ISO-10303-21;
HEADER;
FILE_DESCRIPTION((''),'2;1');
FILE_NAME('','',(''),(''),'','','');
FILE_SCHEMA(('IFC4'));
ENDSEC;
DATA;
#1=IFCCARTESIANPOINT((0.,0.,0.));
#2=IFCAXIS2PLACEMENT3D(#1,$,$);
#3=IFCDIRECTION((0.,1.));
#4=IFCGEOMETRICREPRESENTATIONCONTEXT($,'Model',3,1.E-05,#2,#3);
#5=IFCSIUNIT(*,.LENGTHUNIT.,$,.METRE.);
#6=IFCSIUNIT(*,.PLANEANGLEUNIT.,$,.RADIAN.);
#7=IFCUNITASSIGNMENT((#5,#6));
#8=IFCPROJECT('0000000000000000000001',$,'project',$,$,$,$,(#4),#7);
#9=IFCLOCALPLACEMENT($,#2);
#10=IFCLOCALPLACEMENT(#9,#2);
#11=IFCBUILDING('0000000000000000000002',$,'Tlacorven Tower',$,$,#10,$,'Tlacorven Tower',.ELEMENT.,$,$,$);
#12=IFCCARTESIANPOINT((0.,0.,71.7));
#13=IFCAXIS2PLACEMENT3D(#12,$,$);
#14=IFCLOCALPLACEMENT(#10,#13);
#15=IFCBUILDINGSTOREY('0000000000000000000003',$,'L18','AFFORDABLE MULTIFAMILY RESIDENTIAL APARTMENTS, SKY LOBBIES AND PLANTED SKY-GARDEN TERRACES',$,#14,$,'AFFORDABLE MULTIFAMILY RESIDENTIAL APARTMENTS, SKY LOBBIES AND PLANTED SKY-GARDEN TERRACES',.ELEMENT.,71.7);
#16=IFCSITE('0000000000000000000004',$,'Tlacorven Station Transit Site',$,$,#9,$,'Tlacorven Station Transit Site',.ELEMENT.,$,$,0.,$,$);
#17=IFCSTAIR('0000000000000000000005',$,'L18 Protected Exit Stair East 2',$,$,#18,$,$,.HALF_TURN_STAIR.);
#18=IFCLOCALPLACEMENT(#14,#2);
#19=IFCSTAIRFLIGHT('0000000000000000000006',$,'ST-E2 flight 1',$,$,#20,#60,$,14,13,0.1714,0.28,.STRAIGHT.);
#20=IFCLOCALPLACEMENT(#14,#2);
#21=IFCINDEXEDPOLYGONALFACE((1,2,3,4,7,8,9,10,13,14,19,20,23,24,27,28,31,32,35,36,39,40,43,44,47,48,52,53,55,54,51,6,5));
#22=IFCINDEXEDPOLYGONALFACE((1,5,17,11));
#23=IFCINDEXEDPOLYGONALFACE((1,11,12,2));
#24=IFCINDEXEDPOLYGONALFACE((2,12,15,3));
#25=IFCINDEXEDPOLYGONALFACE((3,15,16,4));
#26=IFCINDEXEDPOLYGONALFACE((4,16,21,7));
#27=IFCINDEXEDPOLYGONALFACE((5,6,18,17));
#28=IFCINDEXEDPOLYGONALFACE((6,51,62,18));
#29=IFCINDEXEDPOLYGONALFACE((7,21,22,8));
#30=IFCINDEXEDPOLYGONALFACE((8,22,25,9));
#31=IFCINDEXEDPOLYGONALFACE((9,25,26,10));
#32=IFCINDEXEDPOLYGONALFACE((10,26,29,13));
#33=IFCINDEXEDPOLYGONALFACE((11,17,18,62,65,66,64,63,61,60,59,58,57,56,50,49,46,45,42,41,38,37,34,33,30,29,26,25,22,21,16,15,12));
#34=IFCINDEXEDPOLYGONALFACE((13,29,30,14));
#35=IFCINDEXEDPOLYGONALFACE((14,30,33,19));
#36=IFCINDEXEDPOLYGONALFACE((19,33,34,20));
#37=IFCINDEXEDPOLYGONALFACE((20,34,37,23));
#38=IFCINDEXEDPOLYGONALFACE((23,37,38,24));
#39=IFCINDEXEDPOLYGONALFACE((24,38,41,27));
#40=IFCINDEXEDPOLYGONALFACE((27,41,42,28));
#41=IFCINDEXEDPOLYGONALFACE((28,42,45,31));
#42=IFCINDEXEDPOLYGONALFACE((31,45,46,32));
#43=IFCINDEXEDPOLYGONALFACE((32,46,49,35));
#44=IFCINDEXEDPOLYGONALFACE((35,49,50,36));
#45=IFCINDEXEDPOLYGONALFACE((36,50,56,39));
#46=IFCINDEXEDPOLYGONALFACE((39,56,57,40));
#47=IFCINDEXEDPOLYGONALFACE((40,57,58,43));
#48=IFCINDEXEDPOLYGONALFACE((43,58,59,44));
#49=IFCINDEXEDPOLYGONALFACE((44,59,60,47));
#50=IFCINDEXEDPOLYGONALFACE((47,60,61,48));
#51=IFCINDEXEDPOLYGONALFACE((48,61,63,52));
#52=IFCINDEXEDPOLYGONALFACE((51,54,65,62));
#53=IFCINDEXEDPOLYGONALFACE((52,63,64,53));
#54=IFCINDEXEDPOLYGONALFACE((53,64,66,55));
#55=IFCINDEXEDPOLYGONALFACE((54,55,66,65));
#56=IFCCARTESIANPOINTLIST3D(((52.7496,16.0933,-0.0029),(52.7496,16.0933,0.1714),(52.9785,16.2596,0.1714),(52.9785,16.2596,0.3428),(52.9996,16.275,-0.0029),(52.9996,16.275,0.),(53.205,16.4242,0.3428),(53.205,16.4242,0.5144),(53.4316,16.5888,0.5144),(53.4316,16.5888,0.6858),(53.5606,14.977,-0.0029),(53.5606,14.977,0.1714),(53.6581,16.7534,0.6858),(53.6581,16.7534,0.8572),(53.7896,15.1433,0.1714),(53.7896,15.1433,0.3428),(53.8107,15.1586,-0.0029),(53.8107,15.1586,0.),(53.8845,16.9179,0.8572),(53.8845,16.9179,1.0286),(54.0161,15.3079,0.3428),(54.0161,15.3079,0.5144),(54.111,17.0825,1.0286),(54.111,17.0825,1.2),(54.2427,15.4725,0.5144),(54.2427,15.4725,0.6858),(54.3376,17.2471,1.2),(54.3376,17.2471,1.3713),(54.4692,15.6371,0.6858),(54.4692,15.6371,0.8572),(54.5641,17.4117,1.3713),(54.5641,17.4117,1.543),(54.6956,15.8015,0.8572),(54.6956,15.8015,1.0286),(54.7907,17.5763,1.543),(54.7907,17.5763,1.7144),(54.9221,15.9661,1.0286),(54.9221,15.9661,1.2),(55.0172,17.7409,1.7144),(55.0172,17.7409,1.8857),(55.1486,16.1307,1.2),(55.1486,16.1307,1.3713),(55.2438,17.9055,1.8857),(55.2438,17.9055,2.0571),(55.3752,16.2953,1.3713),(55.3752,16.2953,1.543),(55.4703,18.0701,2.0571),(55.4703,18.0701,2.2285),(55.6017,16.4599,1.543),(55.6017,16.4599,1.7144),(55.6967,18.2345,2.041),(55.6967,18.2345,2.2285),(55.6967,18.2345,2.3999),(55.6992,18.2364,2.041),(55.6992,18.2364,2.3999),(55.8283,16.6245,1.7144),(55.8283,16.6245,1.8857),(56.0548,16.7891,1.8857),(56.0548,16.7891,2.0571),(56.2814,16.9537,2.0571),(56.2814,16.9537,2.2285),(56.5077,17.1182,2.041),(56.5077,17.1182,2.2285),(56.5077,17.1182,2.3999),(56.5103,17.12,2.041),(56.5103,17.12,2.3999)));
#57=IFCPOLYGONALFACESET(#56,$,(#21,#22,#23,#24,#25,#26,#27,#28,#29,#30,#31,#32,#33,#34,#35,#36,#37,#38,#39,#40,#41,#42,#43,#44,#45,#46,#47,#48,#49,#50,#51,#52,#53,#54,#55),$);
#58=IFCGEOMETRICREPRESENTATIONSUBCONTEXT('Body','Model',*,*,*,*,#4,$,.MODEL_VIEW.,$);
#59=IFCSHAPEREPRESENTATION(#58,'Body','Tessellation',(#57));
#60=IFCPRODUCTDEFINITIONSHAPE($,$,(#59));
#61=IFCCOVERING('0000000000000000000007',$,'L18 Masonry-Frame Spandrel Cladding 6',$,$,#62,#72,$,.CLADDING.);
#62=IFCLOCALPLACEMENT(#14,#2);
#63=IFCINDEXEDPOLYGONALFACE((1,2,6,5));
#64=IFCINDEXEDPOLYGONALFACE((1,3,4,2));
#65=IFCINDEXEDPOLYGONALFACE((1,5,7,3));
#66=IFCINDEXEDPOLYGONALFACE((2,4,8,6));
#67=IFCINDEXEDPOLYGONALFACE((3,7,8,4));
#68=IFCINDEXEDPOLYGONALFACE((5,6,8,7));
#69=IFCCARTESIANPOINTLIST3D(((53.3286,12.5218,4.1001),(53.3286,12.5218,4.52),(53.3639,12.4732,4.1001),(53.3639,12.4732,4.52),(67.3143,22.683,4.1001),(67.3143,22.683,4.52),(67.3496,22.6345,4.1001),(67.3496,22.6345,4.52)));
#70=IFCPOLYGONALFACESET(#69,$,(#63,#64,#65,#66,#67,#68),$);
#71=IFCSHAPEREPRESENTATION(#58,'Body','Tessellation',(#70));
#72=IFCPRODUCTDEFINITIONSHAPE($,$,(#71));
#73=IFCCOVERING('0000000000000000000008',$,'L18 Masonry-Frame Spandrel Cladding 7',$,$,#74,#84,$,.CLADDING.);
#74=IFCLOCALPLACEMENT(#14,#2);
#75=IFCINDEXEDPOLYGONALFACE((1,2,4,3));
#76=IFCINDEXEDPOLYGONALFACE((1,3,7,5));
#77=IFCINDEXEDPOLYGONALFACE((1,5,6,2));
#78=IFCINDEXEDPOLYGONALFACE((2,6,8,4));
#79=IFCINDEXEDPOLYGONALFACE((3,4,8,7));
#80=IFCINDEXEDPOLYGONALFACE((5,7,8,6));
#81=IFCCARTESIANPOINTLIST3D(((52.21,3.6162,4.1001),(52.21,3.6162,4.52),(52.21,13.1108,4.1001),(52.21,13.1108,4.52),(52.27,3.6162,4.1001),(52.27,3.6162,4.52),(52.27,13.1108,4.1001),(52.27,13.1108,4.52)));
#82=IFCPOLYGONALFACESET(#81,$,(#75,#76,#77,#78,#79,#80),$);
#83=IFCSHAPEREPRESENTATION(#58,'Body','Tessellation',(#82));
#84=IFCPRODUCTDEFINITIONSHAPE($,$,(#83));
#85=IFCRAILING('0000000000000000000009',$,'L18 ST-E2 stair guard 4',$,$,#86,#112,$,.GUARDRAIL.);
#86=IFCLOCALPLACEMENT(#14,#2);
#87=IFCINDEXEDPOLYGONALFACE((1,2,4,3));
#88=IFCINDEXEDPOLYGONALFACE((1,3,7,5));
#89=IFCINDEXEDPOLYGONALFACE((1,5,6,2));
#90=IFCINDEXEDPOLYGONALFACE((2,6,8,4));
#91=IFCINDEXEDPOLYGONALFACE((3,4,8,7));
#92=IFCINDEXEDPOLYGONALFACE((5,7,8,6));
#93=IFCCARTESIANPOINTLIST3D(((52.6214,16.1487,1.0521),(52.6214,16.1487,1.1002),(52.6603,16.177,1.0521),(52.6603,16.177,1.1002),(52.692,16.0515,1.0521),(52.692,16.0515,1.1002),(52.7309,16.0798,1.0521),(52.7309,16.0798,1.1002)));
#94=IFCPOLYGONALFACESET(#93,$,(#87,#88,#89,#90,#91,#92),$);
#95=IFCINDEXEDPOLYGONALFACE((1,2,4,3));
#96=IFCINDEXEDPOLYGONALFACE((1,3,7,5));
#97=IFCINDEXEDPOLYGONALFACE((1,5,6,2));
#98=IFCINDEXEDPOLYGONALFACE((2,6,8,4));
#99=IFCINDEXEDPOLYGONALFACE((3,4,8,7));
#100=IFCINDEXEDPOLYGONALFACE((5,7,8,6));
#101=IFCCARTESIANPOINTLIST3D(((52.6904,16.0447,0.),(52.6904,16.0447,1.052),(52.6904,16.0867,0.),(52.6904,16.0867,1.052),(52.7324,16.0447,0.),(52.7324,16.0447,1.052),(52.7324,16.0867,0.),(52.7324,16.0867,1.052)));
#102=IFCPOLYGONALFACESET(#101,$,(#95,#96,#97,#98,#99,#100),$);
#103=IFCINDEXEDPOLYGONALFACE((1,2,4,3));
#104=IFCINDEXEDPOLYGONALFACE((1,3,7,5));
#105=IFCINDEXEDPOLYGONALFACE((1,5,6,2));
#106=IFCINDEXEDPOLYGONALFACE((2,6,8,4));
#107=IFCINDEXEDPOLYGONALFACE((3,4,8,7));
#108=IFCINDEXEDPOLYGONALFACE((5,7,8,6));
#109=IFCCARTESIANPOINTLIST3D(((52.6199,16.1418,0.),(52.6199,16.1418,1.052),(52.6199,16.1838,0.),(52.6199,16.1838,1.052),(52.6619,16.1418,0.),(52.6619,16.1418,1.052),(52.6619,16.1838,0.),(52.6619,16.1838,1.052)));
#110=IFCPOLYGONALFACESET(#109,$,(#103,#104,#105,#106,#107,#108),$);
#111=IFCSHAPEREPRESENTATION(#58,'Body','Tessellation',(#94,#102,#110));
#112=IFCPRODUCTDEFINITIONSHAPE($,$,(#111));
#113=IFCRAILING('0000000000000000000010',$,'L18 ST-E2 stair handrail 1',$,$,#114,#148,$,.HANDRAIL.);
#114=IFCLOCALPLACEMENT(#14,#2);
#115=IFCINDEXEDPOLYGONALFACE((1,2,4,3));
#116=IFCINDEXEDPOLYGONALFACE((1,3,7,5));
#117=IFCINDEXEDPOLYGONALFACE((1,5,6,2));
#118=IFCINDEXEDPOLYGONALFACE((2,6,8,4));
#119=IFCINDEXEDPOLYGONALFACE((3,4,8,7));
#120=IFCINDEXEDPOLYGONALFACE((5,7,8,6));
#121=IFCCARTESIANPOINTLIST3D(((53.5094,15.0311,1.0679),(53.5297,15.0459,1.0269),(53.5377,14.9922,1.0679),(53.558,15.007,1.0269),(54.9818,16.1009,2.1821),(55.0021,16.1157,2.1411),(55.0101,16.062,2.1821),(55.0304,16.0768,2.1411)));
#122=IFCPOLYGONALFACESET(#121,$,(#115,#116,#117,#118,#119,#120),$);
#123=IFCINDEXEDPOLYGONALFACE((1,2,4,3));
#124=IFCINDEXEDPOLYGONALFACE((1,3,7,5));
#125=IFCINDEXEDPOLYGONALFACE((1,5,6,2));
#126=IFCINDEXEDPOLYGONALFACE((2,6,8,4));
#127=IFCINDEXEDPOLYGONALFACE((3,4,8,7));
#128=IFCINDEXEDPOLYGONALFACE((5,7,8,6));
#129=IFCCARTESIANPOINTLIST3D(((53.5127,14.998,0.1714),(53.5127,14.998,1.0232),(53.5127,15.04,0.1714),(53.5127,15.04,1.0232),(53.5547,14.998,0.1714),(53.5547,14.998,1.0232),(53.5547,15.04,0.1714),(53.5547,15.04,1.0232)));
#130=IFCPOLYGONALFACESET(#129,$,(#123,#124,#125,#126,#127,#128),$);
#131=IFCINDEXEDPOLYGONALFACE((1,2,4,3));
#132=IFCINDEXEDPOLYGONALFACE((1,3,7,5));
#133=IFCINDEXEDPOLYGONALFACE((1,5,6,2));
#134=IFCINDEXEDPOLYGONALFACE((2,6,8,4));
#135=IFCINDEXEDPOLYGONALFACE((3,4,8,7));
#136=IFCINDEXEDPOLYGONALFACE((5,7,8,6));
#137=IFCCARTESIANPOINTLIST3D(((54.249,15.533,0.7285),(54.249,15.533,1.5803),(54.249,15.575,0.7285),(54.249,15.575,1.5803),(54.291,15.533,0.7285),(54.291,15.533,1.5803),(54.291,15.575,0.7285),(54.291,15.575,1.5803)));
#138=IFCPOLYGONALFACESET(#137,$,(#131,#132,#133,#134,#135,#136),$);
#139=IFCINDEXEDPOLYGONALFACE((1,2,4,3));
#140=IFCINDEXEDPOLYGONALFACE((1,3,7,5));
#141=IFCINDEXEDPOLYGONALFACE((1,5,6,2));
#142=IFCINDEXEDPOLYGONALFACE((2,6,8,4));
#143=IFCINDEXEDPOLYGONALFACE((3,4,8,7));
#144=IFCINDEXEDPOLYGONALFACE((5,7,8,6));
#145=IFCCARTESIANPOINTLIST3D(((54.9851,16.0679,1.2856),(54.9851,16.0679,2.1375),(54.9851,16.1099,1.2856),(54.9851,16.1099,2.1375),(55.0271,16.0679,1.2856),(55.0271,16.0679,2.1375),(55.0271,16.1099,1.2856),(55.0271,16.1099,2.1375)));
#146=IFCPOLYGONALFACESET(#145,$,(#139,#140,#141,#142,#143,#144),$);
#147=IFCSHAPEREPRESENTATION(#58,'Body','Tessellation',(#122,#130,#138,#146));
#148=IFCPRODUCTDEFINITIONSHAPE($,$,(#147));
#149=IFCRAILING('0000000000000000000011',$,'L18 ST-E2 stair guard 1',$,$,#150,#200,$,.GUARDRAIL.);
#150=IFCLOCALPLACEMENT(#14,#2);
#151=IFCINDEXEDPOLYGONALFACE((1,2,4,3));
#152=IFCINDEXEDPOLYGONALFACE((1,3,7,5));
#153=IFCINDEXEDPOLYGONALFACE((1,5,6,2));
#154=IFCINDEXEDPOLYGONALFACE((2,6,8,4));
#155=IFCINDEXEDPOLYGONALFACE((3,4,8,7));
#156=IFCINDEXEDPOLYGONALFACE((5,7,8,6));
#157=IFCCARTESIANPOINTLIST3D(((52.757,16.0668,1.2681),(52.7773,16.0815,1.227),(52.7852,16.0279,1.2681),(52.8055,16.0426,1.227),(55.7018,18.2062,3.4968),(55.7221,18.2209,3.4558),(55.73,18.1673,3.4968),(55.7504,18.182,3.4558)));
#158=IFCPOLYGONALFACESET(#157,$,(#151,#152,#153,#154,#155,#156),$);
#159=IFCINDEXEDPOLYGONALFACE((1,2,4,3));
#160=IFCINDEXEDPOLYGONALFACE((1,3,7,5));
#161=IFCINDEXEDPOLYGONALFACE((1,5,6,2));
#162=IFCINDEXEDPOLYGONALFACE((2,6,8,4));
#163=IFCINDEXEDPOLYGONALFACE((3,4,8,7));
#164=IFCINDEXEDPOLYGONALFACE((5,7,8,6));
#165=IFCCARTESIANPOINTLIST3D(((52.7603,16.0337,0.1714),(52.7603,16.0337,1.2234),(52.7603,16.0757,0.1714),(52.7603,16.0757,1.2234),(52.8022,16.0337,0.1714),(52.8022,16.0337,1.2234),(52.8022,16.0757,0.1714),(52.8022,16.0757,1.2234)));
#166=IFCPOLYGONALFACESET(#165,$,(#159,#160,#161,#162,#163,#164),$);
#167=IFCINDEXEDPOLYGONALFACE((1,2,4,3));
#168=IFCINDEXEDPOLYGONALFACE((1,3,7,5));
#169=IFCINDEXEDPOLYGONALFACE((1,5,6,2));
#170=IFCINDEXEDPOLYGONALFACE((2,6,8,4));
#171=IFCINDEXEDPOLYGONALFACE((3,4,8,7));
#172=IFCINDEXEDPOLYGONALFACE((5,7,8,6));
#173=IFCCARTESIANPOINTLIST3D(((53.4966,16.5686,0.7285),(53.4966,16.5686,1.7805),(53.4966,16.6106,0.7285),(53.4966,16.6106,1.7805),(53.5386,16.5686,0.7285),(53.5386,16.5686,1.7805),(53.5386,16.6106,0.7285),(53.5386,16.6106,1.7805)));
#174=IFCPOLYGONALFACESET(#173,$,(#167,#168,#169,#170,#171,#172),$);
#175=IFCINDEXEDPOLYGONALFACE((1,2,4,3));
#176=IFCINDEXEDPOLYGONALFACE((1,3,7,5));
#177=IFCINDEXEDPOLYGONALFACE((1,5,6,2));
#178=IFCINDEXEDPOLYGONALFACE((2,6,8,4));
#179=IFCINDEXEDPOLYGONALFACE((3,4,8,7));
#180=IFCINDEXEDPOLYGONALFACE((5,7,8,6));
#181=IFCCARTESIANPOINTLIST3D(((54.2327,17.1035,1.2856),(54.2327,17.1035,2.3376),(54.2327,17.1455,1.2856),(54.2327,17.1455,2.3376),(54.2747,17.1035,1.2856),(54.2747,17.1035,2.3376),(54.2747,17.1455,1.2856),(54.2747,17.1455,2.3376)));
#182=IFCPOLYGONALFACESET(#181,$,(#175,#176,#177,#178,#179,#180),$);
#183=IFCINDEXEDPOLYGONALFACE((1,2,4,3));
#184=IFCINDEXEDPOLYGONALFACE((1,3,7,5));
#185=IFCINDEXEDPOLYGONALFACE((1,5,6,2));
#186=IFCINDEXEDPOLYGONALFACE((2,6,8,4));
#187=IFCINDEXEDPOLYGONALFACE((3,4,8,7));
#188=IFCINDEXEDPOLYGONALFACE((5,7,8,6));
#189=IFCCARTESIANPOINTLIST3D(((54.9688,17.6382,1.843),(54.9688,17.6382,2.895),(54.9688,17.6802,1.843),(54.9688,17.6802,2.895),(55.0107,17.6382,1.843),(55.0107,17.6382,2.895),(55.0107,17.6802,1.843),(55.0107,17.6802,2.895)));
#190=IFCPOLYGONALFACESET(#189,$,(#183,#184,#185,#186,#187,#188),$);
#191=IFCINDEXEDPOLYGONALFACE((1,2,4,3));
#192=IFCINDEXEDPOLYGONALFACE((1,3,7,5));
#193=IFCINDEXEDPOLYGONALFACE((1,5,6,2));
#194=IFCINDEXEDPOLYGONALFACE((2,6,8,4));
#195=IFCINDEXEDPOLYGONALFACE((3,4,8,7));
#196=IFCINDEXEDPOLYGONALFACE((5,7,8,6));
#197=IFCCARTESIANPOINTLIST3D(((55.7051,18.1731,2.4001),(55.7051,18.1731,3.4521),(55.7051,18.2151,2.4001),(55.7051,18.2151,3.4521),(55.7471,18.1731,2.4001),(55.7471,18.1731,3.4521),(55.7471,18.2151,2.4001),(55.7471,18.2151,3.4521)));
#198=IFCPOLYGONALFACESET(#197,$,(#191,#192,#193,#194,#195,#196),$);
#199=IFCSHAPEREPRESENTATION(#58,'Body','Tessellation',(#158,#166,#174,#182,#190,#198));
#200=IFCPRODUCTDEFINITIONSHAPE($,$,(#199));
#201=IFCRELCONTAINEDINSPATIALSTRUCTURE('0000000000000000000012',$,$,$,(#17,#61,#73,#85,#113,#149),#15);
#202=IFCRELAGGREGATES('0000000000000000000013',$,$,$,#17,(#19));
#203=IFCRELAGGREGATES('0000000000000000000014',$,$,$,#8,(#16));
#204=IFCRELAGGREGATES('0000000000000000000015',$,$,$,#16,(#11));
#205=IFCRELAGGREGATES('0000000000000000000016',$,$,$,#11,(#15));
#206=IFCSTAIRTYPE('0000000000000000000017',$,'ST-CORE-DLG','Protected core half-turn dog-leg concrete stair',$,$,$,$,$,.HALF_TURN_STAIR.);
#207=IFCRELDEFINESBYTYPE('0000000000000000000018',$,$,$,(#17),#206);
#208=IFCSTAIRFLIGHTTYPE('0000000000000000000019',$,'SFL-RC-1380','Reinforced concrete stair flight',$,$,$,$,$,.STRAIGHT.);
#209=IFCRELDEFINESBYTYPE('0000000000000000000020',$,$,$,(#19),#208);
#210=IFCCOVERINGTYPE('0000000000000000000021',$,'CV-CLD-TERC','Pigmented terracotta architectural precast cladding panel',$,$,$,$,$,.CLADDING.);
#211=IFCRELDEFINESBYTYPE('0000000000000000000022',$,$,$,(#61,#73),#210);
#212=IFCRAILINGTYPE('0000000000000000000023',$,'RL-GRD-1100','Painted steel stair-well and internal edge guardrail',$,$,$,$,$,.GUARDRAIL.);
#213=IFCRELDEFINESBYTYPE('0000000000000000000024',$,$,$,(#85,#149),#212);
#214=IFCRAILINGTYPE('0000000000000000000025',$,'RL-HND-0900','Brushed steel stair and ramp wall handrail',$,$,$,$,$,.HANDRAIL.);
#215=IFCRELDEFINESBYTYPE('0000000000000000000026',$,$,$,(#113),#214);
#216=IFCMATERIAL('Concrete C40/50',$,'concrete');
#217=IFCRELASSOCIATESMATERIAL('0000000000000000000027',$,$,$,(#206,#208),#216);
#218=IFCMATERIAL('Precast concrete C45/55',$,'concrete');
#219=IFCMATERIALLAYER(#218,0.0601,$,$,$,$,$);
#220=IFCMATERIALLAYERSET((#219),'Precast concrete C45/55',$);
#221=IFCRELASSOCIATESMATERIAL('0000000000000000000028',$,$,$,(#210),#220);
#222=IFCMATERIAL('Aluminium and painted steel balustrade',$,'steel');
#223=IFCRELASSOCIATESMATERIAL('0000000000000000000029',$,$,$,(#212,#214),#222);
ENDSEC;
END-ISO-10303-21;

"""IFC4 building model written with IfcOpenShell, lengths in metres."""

from ifc_helpers import new_model, si_unit, direction, frame, origin, origin_2d, place, context, subcontext, project, spatial, polyline, rectangle, outline, extrude, source, transform, mapped, material, layer, layer_set, type_object, element, aggregate, save


model = new_model("IFC4")

# Units and contexts
model_context = context("Model", 3, precision=1e-05, world=origin(), true_north=direction((0.0, 1.0)))
body_context = subcontext(model_context, "Body", "Model", "MODEL_VIEW")
ifc_project = project(units=[si_unit("LENGTHUNIT", "METRE"), si_unit("PLANEANGLEUNIT", "RADIAN")], contexts=[model_context])

# Site, building, storey
site_placement = place(None, origin())
site = spatial("IfcSite", under=ifc_project, at=site_placement, Name="Tlacorven Station Transit Site", LongName="Tlacorven Station Transit Site", CompositionType="ELEMENT", RefElevation=0.0)
building_placement = place(site_placement, origin())
building = spatial("IfcBuilding", under=site, at=building_placement, Name="Tlacorven Tower", LongName="Tlacorven Tower", CompositionType="ELEMENT")
storey_placement = place(building_placement, frame((0.0, 0.0, 71.7)))
storey = spatial("IfcBuildingStorey", under=building, at=storey_placement, Name="L18", Description="AFFORDABLE MULTIFAMILY RESIDENTIAL APARTMENTS, SKY LOBBIES AND PLANTED SKY-GARDEN TERRACES", LongName="AFFORDABLE MULTIFAMILY RESIDENTIAL APARTMENTS, SKY LOBBIES AND PLANTED SKY-GARDEN TERRACES", CompositionType="ELEMENT", Elevation=71.7)

# Shared definitions
ifc_material_1 = material(Name="Precast concrete C45/55", Category="concrete")

# Stair, stair flight
ifc_material_2 = material(Name="Concrete C40/50", Category="concrete")
stair_type = type_object("IfcStairType", Name="ST-CORE-DLG", Description="Protected core half-turn dog-leg concrete stair", PredefinedType="HALF_TURN_STAIR", material=ifc_material_2)
stair_placement = place(storey_placement, origin())
stair = element("IfcStair", 1, at=stair_placement, inside=storey, type_object=stair_type, Name="L18 Protected Exit Stair East 2", PredefinedType="HALF_TURN_STAIR")
stair_flight_type = type_object("IfcStairFlightType", Name="SFL-RC-1380", Description="Reinforced concrete stair flight", PredefinedType="STRAIGHT", material=ifc_material_2)
shared_shape_1 = source(origin(), body_context, "Body", "SweptSolid", [
    extrude(outline(polyline([(-0.0029, -0.0029), (-0.0029, 0.1714), (0.28, 0.1714), (0.28, 0.3428), (0.5601, 0.3428), (0.5601, 0.5144), (0.8401, 0.5144), (0.8401, 0.6858), (1.1201, 0.6858), (1.1201, 0.8572), (1.3999, 0.8572), (1.3999, 1.0286), (1.6799, 1.0286), (1.6799, 1.2), (1.96, 1.2), (1.96, 1.3713), (2.24, 1.3713), (2.24, 1.543), (2.52, 1.543), (2.52, 1.7144), (2.8, 1.7144), (2.8, 1.8857), (3.0801, 1.8857), (3.0801, 2.0571), (3.3601, 2.0571), (3.3601, 2.2285), (3.6399, 2.2285), (3.6399, 2.3999), (3.6431, 2.3999), (3.6431, 2.041), (3.6399, 2.041), (0.3062, 0.0), (0.3062, -0.0029), (-0.0029, -0.0029)])), frame((0.0, 0.6899, 0.0), z_axis=(0.0, -1.0, 0.0), x_axis=(1.0, 0.0, 0.0)), (0.0, 0.0, 1.0), 1.3799),
])
stair_flight_placement = place(storey_placement, frame((53.1575, 15.5369, 0.0), z_axis=(0.0, 0.0, 1.0), x_axis=(0.809017, 0.587785, 0.0)))
stair_flight = element("IfcStairFlight", 2, at=stair_flight_placement, type_object=stair_flight_type, Name="ST-E2 flight 1", NumberOfRisers=14, NumberOfTreads=13, PredefinedType="STRAIGHT", RiserHeight=0.1714, TreadLength=0.28, context=body_context, shape_type="MappedRepresentation", body=[
    mapped(shared_shape_1, transform((0.0, 0.0, 0.0), scale=1.0)),
])
aggregate(stair, [stair_flight])

# Coverings
ifc_layer_1 = layer(ifc_material_1, 0.0601)
ifc_layer_set_1 = layer_set([ifc_layer_1], Name="Precast concrete C45/55")
covering_type = type_object("IfcCoveringType", Name="CV-CLD-TERC", Description="Pigmented terracotta architectural precast cladding panel", PredefinedType="CLADDING", material=ifc_layer_set_1)
shared_shape_2 = source(origin(), body_context, "Body", "SweptSolid", [
    extrude(rectangle(XDim=17.2874, YDim=0.0601, at=origin_2d()), origin(), (0.0, 0.0, 1.0), 0.4199),
])
covering_1_placement = place(storey_placement, frame((60.3391, 17.5781, 4.1001), z_axis=(0.0, 0.0, 1.0), x_axis=(-0.809017, -0.587785, 0.0)))
element("IfcCovering", 3, at=covering_1_placement, inside=storey, type_object=covering_type, Name="L18 Masonry-Frame Spandrel Cladding 6", PredefinedType="CLADDING", context=body_context, shape_type="MappedRepresentation", body=[
    mapped(shared_shape_2, transform((0.0, 0.0, 0.0), scale=1.0)),
])
shared_shape_3 = source(origin(), body_context, "Body", "SweptSolid", [
    extrude(rectangle(XDim=9.4946, YDim=0.0601, at=origin_2d()), origin(), (0.0, 0.0, 1.0), 0.4199),
])
covering_2_placement = place(storey_placement, frame((52.24, 8.3635, 4.1001), z_axis=(0.0, 0.0, 1.0), x_axis=(0.0, -1.0, 0.0)))
element("IfcCovering", 4, at=covering_2_placement, inside=storey, type_object=covering_type, Name="L18 Masonry-Frame Spandrel Cladding 7", PredefinedType="CLADDING", context=body_context, shape_type="MappedRepresentation", body=[
    mapped(shared_shape_3, transform((0.0, 0.0, 0.0), scale=1.0)),
])

# Railings
ifc_material_3 = material(Name="Aluminium and painted steel balustrade", Category="steel")
railing_type_1 = type_object("IfcRailingType", Name="RL-GRD-1100", Description="Painted steel stair-well and internal edge guardrail", PredefinedType="GUARDRAIL", material=ifc_material_3)
shared_shape_4 = source(origin(), body_context, "Body", "SweptSolid", [
    extrude(rectangle(XDim=0.0481, YDim=0.0481, at=origin_2d()), frame((0.0, 0.0, 1.0762), z_axis=(-0.587567, 0.809175, 0.0), x_axis=(-0.809175, -0.587567, 0.0)), (0.0, 0.0, 1.0), 0.1201),
    extrude(rectangle(XDim=0.042, YDim=0.042, at=origin_2d()), origin(), (0.0, 0.0, 1.0), 1.052),
    extrude(rectangle(XDim=0.042, YDim=0.042, at=origin_2d()), frame((-0.0706, 0.0972, 0.0)), (0.0, 0.0, 1.0), 1.052),
])
railing_1_placement = place(storey_placement, frame((52.7114, 16.0657, 0.0)))
element("IfcRailing", 5, at=railing_1_placement, inside=storey, type_object=railing_type_1, Name="L18 ST-E2 stair guard 4", PredefinedType="GUARDRAIL", context=body_context, shape_type="MappedRepresentation", body=[
    mapped(shared_shape_4, transform((0.0, 0.0, 0.0), scale=1.0)),
])
railing_type_2 = type_object("IfcRailingType", Name="RL-HND-0900", Description="Brushed steel stair and ramp wall handrail", PredefinedType="HANDRAIL", material=ifc_material_3)
shared_shape_5 = source(origin(), body_context, "Body", "SweptSolid", [
    extrude(rectangle(XDim=0.0481, YDim=0.0481, at=origin_2d()), frame((0.0, 0.0, 0.876), z_axis=(0.689967, 0.501316, 0.522137), x_axis=(-0.587805, 0.809003, 0.0)), (0.0, 0.0, 1.0), 2.134),
    extrude(rectangle(XDim=0.042, YDim=0.042, at=origin_2d()), origin(), (0.0, 0.0, 1.0), 0.8518),
    extrude(rectangle(XDim=0.042, YDim=0.042, at=origin_2d()), frame((0.7363, 0.5349, 0.5571)), (0.0, 0.0, 1.0), 0.8518),
    extrude(rectangle(XDim=0.042, YDim=0.042, at=origin_2d()), frame((1.4724, 1.0698, 1.1143)), (0.0, 0.0, 1.0), 0.8518),
])
railing_2_placement = place(storey_placement, frame((53.5337, 15.019, 0.1714)))
element("IfcRailing", 6, at=railing_2_placement, inside=storey, type_object=railing_type_2, Name="L18 ST-E2 stair handrail 1", PredefinedType="HANDRAIL", context=body_context, shape_type="MappedRepresentation", body=[
    mapped(shared_shape_5, transform((0.0, 0.0, 0.0), scale=1.0)),
])
shared_shape_6 = source(origin(), body_context, "Body", "SweptSolid", [
    extrude(rectangle(XDim=0.0481, YDim=0.0481, at=origin_2d()), frame((0.0, 0.0, 1.0762), z_axis=(0.689966, 0.501258, 0.522194), x_axis=(-0.587761, 0.809035, 0.0)), (0.0, 0.0, 1.0), 4.2681),
    extrude(rectangle(XDim=0.042, YDim=0.042, at=origin_2d()), origin(), (0.0, 0.0, 1.0), 1.052),
    extrude(rectangle(XDim=0.042, YDim=0.042, at=origin_2d()), frame((0.7363, 0.5349, 0.5571)), (0.0, 0.0, 1.0), 1.052),
    extrude(rectangle(XDim=0.042, YDim=0.042, at=origin_2d()), frame((1.4724, 1.0698, 1.1143)), (0.0, 0.0, 1.0), 1.052),
    extrude(rectangle(XDim=0.042, YDim=0.042, at=origin_2d()), frame((2.2085, 1.6045, 1.6716)), (0.0, 0.0, 1.0), 1.052),
    extrude(rectangle(XDim=0.042, YDim=0.042, at=origin_2d()), frame((2.9448, 2.1394, 2.2288)), (0.0, 0.0, 1.0), 1.052),
])
railing_3_placement = place(storey_placement, frame((52.7812, 16.0547, 0.1714)))
element("IfcRailing", 7, at=railing_3_placement, inside=storey, type_object=railing_type_1, Name="L18 ST-E2 stair guard 1", PredefinedType="GUARDRAIL", context=body_context, shape_type="MappedRepresentation", body=[
    mapped(shared_shape_6, transform((0.0, 0.0, 0.0), scale=1.0)),
])

save(model, "model.ifc")
